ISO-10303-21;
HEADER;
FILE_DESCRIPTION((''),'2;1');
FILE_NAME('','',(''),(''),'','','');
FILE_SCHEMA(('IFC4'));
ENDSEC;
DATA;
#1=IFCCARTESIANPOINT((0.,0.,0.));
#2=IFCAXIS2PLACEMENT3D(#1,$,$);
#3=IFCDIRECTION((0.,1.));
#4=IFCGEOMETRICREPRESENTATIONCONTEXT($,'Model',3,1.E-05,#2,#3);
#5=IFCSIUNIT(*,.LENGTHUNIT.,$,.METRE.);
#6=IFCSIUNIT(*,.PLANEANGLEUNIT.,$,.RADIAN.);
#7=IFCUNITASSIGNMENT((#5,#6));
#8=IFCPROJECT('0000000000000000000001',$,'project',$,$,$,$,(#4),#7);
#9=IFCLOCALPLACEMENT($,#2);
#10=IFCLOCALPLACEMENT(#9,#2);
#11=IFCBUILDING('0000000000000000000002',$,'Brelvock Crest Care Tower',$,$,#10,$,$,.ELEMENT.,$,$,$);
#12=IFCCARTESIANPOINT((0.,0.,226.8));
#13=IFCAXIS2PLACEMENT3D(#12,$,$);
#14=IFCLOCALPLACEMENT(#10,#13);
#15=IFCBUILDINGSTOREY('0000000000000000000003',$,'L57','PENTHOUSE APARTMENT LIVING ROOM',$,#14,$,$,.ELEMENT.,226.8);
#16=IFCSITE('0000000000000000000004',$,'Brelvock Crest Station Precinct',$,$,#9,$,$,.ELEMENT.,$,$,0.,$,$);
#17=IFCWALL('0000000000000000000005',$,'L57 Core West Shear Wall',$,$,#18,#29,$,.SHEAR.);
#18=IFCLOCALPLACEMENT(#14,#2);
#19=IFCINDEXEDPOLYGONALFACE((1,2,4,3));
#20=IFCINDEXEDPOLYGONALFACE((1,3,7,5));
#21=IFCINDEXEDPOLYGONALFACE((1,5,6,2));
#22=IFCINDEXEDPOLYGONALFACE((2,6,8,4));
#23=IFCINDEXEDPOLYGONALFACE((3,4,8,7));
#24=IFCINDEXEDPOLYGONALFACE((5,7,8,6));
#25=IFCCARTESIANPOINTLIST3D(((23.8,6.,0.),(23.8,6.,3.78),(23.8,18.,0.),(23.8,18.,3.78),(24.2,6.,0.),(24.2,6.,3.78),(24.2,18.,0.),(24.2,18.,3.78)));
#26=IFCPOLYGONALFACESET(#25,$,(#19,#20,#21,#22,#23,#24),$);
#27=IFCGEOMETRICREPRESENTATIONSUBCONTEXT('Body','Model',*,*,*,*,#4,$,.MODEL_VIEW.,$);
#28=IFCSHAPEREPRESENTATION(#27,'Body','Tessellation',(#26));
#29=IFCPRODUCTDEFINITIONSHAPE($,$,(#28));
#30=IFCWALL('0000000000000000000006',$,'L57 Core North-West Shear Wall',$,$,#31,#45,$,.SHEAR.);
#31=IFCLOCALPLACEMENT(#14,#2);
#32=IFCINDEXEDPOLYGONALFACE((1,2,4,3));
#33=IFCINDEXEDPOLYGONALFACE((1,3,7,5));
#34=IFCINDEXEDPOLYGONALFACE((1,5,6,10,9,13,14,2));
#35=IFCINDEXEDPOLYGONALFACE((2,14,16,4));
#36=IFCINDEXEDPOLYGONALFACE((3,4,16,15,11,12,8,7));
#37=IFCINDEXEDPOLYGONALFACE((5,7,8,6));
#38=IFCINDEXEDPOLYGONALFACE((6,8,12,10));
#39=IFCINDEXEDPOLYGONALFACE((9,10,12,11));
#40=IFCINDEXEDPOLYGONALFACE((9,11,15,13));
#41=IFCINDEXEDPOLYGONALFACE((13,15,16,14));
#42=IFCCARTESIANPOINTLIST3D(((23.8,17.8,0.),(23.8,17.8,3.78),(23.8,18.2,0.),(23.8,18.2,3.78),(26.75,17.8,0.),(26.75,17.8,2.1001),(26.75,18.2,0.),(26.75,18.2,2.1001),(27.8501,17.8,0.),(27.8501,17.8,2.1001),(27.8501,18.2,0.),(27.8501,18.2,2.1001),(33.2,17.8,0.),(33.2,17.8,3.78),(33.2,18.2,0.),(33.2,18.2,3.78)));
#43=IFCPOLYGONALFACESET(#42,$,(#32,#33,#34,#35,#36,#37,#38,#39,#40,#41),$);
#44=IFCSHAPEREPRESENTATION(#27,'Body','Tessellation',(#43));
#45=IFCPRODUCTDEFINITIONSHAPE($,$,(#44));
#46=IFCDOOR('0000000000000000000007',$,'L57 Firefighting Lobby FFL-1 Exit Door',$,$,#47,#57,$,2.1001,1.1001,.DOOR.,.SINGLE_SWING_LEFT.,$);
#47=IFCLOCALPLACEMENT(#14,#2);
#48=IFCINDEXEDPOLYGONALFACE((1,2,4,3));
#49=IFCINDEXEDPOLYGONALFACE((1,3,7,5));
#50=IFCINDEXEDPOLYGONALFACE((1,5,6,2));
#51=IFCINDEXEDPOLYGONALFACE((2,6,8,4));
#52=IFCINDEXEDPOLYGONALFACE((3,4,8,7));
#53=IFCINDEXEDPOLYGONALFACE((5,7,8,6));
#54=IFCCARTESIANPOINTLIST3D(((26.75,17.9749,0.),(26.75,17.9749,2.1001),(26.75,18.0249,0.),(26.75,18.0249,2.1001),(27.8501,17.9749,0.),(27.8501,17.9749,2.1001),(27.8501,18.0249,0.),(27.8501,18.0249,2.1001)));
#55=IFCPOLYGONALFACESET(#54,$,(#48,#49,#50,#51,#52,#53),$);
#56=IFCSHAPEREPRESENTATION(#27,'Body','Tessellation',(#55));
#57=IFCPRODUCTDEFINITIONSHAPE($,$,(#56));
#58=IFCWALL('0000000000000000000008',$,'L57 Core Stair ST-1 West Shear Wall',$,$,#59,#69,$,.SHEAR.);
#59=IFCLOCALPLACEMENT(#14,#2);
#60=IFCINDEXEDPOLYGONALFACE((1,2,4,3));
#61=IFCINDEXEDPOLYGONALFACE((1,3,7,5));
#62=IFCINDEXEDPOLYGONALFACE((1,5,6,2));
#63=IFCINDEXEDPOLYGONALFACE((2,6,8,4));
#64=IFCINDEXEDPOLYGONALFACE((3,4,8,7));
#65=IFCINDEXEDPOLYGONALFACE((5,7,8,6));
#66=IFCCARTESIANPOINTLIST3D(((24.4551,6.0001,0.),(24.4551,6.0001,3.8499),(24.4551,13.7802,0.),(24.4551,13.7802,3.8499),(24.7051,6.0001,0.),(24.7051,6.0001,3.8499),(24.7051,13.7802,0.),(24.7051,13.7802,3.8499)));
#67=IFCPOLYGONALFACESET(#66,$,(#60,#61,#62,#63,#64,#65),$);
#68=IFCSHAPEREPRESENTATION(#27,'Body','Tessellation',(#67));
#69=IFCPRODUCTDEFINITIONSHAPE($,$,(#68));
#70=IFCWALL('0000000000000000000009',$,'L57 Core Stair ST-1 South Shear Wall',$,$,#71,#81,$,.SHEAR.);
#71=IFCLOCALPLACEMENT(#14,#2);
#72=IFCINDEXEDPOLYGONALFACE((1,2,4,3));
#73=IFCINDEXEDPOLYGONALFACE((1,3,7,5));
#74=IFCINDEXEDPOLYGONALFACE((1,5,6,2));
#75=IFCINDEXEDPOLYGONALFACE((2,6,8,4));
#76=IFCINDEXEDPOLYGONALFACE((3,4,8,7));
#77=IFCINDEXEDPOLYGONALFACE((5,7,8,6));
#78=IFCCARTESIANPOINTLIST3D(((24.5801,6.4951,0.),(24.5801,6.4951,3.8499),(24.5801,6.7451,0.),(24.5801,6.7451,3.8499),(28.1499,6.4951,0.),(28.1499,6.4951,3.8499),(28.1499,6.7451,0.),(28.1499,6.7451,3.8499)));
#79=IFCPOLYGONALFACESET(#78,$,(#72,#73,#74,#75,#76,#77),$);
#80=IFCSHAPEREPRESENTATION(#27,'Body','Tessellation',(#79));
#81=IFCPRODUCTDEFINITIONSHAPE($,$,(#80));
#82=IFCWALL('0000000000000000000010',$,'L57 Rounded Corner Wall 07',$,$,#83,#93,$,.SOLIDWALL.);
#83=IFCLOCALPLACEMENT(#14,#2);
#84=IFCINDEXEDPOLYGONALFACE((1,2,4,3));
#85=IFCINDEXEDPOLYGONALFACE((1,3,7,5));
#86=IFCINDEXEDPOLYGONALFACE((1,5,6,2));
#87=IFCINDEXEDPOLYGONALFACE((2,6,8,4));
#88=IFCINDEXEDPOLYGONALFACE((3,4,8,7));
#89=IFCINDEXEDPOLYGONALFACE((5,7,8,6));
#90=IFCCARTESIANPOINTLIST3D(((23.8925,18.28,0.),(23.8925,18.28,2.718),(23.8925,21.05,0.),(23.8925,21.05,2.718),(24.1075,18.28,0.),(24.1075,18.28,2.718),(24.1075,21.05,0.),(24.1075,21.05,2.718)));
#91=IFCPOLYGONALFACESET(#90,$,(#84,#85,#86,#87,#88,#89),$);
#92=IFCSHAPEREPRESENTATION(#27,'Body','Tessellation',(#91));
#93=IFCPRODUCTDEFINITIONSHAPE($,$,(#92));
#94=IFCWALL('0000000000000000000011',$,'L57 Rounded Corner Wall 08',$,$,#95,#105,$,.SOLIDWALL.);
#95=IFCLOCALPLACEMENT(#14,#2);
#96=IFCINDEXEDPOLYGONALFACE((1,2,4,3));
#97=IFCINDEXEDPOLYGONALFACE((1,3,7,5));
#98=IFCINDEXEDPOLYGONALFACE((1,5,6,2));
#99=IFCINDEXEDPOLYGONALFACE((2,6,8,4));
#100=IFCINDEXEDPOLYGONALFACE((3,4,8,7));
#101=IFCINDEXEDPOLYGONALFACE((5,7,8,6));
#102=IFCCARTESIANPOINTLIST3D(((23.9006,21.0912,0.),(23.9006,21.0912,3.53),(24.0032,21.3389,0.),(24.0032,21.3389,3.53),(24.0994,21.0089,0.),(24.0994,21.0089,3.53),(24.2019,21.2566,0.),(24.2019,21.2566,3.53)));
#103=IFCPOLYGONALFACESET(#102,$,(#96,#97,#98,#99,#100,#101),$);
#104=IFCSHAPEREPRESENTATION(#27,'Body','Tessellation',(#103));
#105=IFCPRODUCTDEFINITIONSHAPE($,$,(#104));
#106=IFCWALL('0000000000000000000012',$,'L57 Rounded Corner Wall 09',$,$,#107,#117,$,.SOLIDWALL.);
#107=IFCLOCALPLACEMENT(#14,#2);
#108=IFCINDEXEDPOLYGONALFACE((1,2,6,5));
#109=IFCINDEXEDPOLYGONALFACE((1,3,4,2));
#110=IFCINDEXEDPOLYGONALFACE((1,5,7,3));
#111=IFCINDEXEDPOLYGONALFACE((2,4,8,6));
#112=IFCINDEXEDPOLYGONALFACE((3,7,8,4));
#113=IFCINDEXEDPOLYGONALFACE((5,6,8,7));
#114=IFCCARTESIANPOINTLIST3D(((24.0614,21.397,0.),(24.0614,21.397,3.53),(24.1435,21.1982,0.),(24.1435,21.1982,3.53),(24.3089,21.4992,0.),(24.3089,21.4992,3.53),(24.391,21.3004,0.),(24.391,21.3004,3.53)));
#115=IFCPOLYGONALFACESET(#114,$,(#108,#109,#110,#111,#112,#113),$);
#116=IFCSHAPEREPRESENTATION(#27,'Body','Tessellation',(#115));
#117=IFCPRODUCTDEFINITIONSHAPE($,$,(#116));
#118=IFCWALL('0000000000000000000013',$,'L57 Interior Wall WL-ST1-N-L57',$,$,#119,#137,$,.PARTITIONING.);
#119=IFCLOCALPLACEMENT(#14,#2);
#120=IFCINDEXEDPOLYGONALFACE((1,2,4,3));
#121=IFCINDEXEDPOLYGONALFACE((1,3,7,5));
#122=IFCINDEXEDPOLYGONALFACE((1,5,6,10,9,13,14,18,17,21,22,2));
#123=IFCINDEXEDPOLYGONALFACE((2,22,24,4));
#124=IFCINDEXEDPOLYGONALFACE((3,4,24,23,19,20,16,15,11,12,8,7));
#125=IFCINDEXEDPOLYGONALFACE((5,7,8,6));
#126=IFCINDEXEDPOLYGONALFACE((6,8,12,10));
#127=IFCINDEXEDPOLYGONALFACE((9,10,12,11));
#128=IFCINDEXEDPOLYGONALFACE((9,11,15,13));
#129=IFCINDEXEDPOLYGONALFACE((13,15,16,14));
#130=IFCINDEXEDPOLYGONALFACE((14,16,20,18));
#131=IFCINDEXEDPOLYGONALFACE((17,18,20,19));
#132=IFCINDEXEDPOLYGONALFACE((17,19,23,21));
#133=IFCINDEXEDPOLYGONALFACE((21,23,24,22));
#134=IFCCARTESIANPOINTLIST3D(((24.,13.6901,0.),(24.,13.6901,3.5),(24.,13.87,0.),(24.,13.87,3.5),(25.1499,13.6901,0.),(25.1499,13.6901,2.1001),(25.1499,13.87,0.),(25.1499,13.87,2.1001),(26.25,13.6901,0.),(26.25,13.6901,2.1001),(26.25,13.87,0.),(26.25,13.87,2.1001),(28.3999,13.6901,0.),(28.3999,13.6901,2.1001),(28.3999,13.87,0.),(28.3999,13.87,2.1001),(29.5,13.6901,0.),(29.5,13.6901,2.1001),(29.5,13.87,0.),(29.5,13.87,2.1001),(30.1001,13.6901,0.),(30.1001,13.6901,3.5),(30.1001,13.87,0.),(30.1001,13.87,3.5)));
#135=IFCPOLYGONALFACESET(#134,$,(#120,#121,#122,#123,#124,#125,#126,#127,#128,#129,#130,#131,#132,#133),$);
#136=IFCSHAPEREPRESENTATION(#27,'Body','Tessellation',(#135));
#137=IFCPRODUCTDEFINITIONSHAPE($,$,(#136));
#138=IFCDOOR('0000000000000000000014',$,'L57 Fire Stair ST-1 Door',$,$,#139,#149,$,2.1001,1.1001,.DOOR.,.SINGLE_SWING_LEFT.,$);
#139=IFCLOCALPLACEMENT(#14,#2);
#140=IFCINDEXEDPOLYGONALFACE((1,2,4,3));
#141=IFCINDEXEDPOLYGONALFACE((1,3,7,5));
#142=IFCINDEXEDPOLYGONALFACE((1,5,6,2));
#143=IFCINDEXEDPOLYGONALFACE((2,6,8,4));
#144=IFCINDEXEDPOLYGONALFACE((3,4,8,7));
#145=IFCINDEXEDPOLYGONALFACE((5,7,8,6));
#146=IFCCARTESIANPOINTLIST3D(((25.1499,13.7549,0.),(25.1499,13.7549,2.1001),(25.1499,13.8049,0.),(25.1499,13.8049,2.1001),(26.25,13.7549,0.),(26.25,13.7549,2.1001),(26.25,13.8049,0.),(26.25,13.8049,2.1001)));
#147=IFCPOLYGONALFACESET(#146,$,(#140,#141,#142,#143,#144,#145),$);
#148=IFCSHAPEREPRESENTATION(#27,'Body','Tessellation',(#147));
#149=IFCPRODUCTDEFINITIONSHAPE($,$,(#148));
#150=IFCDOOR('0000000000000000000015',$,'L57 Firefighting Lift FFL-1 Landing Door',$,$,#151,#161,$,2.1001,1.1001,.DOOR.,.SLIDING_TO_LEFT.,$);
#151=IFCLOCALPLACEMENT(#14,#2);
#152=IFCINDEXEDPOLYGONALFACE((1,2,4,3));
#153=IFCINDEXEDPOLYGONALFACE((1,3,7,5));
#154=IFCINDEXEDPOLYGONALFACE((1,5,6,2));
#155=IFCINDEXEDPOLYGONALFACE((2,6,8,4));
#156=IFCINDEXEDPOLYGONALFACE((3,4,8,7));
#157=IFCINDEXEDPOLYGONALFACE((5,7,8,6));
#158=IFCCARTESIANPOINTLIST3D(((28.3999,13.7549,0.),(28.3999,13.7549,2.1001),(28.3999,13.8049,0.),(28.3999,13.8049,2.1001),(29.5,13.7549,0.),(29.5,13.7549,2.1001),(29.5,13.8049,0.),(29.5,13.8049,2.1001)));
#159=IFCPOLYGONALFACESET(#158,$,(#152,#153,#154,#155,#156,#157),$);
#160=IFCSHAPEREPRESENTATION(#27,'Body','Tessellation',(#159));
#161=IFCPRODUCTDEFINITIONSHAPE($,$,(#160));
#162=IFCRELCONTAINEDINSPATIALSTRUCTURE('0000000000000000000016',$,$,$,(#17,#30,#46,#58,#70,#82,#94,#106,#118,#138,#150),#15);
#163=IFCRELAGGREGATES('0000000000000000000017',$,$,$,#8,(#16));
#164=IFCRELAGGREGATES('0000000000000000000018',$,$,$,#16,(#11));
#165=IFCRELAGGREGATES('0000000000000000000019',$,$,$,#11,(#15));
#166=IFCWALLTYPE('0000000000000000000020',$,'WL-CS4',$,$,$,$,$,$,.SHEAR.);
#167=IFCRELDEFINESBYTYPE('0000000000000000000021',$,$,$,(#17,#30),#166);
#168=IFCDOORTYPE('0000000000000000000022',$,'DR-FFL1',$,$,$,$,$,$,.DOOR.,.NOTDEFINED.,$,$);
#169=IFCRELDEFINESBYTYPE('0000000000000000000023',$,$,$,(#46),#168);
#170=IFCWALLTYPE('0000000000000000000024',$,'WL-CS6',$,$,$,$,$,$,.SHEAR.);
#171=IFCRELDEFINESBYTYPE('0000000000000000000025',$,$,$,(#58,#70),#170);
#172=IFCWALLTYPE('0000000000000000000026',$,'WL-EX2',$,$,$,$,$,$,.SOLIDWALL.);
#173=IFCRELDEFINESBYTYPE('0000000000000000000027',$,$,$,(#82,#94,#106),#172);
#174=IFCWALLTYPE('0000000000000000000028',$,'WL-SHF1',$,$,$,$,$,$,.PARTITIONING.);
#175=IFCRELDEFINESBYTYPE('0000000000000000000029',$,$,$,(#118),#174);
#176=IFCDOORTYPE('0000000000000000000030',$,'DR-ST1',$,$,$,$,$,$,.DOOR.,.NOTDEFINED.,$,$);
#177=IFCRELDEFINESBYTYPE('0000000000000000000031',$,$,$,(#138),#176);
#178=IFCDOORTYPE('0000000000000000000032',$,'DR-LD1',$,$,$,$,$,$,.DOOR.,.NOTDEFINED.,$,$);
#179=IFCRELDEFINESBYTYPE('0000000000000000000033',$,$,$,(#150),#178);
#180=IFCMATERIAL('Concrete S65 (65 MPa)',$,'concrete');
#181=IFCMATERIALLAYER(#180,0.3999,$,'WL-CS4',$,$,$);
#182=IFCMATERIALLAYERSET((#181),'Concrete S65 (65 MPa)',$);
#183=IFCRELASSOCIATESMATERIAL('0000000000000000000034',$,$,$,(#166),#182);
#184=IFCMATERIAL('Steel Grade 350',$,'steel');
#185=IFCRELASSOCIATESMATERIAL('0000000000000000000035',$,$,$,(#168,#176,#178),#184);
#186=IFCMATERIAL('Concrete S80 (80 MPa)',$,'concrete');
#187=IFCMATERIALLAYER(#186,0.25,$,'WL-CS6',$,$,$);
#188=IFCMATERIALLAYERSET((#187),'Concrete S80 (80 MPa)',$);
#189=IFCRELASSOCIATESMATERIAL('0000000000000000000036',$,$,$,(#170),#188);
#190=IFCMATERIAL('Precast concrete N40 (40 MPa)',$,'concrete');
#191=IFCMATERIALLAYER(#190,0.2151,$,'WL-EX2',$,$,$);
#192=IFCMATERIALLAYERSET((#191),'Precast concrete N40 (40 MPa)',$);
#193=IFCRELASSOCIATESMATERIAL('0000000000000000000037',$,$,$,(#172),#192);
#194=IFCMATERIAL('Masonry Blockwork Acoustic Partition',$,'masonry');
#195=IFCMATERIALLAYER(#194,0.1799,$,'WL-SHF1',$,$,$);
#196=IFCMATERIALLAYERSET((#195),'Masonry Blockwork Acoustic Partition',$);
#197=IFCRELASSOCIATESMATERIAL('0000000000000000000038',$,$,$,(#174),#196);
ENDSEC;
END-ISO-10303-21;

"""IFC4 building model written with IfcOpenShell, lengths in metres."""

from ifc_helpers import new_model, si_unit, direction, frame, frame_2d, origin, origin_2d, place, context, subcontext, project, spatial, rectangle, extrude, source, transform, mapped, material, layer, layer_set, type_object, element, fill, save


model = new_model("IFC4")

# Units and contexts
model_context = context("Model", 3, precision=1e-05, world=origin(), true_north=direction((0.0, 1.0)))
body_context = subcontext(model_context, "Body", "Model", "MODEL_VIEW")
ifc_project = project(units=[si_unit("LENGTHUNIT", "METRE"), si_unit("PLANEANGLEUNIT", "RADIAN")], contexts=[model_context])

# Site, building, storey
site_placement = place(None, origin())
site = spatial("IfcSite", under=ifc_project, at=site_placement, Name="Brelvock Crest Station Precinct", CompositionType="ELEMENT", RefElevation=0.0)
building_placement = place(site_placement, origin())
building = spatial("IfcBuilding", under=site, at=building_placement, Name="Brelvock Crest Care Tower", CompositionType="ELEMENT")
storey_placement = place(building_placement, frame((0.0, 0.0, 226.8)))
storey = spatial("IfcBuildingStorey", under=building, at=storey_placement, Name="L57", Description="PENTHOUSE APARTMENT LIVING ROOM", CompositionType="ELEMENT", Elevation=226.8)

# Shared definitions
ifc_material_1 = material(Name="Concrete S65 (65 MPa)", Category="concrete")

# Shared definitions
ifc_material_2 = material(Name="Steel Grade 350", Category="steel")

# Wall
ifc_layer_1 = layer(ifc_material_1, 0.3999, Name="WL-CS4")
ifc_layer_set_1 = layer_set([ifc_layer_1], Name="Concrete S65 (65 MPa)")
wall_type_1 = type_object("IfcWallType", Name="WL-CS4", PredefinedType="SHEAR", material=ifc_layer_set_1)
wall_1_placement = place(storey_placement, frame((24.0, 6.0, 0.0), z_axis=(0.0, 0.0, 1.0), x_axis=(0.0, 1.0, 0.0)))
element("IfcWall", 1, at=wall_1_placement, inside=storey, type_object=wall_type_1, Name="L57 Core West Shear Wall", PredefinedType="SHEAR", context=body_context, shape_type="SweptSolid", body=[
    extrude(rectangle(XDim=12.0, YDim=0.3999, at=frame_2d((6.0, 0.0))), origin(), (0.0, 0.0, 1.0), 3.78),
])

# Wall, opening, door
wall_2_placement = place(storey_placement, frame((23.8, 18.0, 0.0), z_axis=(0.0, 0.0, 1.0), x_axis=(1.0, 0.0, 0.0)))
wall_2 = element("IfcWall", 2, at=wall_2_placement, inside=storey, type_object=wall_type_1, Name="L57 Core North-West Shear Wall", PredefinedType="SHEAR", context=body_context, shape_type="SweptSolid", body=[
    extrude(rectangle(XDim=9.3999, YDim=0.3999, at=frame_2d((4.7, 0.0))), origin(), (0.0, 0.0, 1.0), 3.78),
])
opening_1_placement = place(wall_2_placement, frame((2.95, 0.0, 0.0)))
opening_1 = element("IfcOpeningElement", 3, at=opening_1_placement, cuts=wall_2, PredefinedType="OPENING", context=body_context, shape_type="SweptSolid", body=[
    extrude(rectangle(XDim=1.1001, YDim=2.1001, at=origin_2d()), frame((0.55, 0.21, 1.05), z_axis=(0.0, -1.0, 0.0), x_axis=(1.0, 0.0, 0.0)), (0.0, 0.0, 1.0), 0.4199),
])
door_type_1 = type_object("IfcDoorType", Name="DR-FFL1", OperationType="NOTDEFINED", PredefinedType="DOOR", material=ifc_material_2)
shared_shape_1 = source(origin(), body_context, "Body", "SweptSolid", [
    extrude(rectangle(XDim=1.1001, YDim=2.1001, at=origin_2d()), frame((0.55, 0.0249, 1.05), z_axis=(0.0, -1.0, 0.0), x_axis=(1.0, 0.0, 0.0)), (0.0, 0.0, 1.0), 0.05),
])
door_1_placement = place(opening_1_placement, origin())
door_1 = element("IfcDoor", 4, at=door_1_placement, inside=storey, type_object=door_type_1, Name="L57 Firefighting Lobby FFL-1 Exit Door", OperationType="SINGLE_SWING_LEFT", OverallHeight=2.1001, OverallWidth=1.1001, PredefinedType="DOOR", context=body_context, shape_type="MappedRepresentation", body=[
    mapped(shared_shape_1, transform((0.0, 0.0, 0.0), x_axis=(1.0, 0.0, 0.0), y_axis=(0.0, 1.0, 0.0), z_axis=(0.0, 0.0, 1.0), scale=1.0)),
])
fill(opening_1, door_1)

# Walls
ifc_material_3 = material(Name="Concrete S80 (80 MPa)", Category="concrete")
ifc_layer_2 = layer(ifc_material_3, 0.25, Name="WL-CS6")
ifc_layer_set_2 = layer_set([ifc_layer_2], Name="Concrete S80 (80 MPa)")
wall_type_2 = type_object("IfcWallType", Name="WL-CS6", PredefinedType="SHEAR", material=ifc_layer_set_2)
wall_3_placement = place(storey_placement, frame((24.5801, 6.0, 0.0), z_axis=(0.0, 0.0, 1.0), x_axis=(0.0, 1.0, 0.0)))
element("IfcWall", 5, at=wall_3_placement, inside=storey, type_object=wall_type_2, Name="L57 Core Stair ST-1 West Shear Wall", PredefinedType="SHEAR", context=body_context, shape_type="SweptSolid", body=[
    extrude(rectangle(XDim=7.78, YDim=0.25, at=frame_2d((3.8901, 0.0))), origin(), (0.0, 0.0, 1.0), 3.8499),
])
wall_4_placement = place(storey_placement, frame((24.5801, 6.6201, 0.0), z_axis=(0.0, 0.0, 1.0), x_axis=(1.0, 0.0, 0.0)))
element("IfcWall", 6, at=wall_4_placement, inside=storey, type_object=wall_type_2, Name="L57 Core Stair ST-1 South Shear Wall", PredefinedType="SHEAR", context=body_context, shape_type="SweptSolid", body=[
    extrude(rectangle(XDim=3.5698, YDim=0.25, at=frame_2d((1.7849, 0.0))), origin(), (0.0, 0.0, 1.0), 3.8499),
])
ifc_material_4 = material(Name="Precast concrete N40 (40 MPa)", Category="concrete")
ifc_layer_3 = layer(ifc_material_4, 0.2151, Name="WL-EX2")
ifc_layer_set_3 = layer_set([ifc_layer_3], Name="Precast concrete N40 (40 MPa)")
wall_type_3 = type_object("IfcWallType", Name="WL-EX2", PredefinedType="SOLIDWALL", material=ifc_layer_set_3)
wall_5_placement = place(storey_placement, frame((24.0, 18.28, 0.0), z_axis=(0.0, 0.0, 1.0), x_axis=(0.0, 1.0, 0.0)))
element("IfcWall", 7, at=wall_5_placement, inside=storey, type_object=wall_type_3, Name="L57 Rounded Corner Wall 07", PredefinedType="SOLIDWALL", context=body_context, shape_type="SweptSolid", body=[
    extrude(rectangle(XDim=2.77, YDim=0.2151, at=frame_2d((1.385, 0.0))), origin(), (0.0, 0.0, 1.0), 2.718),
])
wall_6_placement = place(storey_placement, frame((24.0, 21.05, 0.0), z_axis=(0.0, 0.0, 1.0), x_axis=(0.382674, 0.923884, 0.0)))
element("IfcWall", 8, at=wall_6_placement, inside=storey, type_object=wall_type_3, Name="L57 Rounded Corner Wall 08", PredefinedType="SOLIDWALL", context=body_context, shape_type="SweptSolid", body=[
    extrude(rectangle(XDim=0.2681, YDim=0.2151, at=frame_2d((0.134, 0.0))), origin(), (0.0, 0.0, 1.0), 3.53),
])
wall_7_placement = place(storey_placement, frame((24.1025, 21.2976, 0.0), z_axis=(0.0, 0.0, 1.0), x_axis=(0.924205, 0.381896, 0.0)))
element("IfcWall", 9, at=wall_7_placement, inside=storey, type_object=wall_type_3, Name="L57 Rounded Corner Wall 09", PredefinedType="SOLIDWALL", context=body_context, shape_type="SweptSolid", body=[
    extrude(rectangle(XDim=0.2678, YDim=0.2151, at=frame_2d((0.1338, 0.0))), origin(), (0.0, 0.0, 1.0), 3.53),
])

# Wall, openings, doors
ifc_material_5 = material(Name="Masonry Blockwork Acoustic Partition", Category="masonry")
ifc_layer_4 = layer(ifc_material_5, 0.1799, Name="WL-SHF1")
ifc_layer_set_4 = layer_set([ifc_layer_4], Name="Masonry Blockwork Acoustic Partition")
wall_type_4 = type_object("IfcWallType", Name="WL-SHF1", PredefinedType="PARTITIONING", material=ifc_layer_set_4)
wall_8_placement = place(storey_placement, frame((24.0, 13.78, 0.0), z_axis=(0.0, 0.0, 1.0), x_axis=(1.0, 0.0, 0.0)))
wall_8 = element("IfcWall", 10, at=wall_8_placement, inside=storey, type_object=wall_type_4, Name="L57 Interior Wall WL-ST1-N-L57", PredefinedType="PARTITIONING", context=body_context, shape_type="SweptSolid", body=[
    extrude(rectangle(XDim=6.1001, YDim=0.1799, at=frame_2d((3.05, 0.0))), origin(), (0.0, 0.0, 1.0), 3.5),
])
opening_2_placement = place(wall_8_placement, frame((1.1499, 0.0, 0.0)))
opening_2 = element("IfcOpeningElement", 11, at=opening_2_placement, cuts=wall_8, PredefinedType="OPENING", context=body_context, shape_type="SweptSolid", body=[
    extrude(rectangle(XDim=1.1001, YDim=2.1001, at=origin_2d()), frame((0.55, 0.1001, 1.05), z_axis=(0.0, -1.0, 0.0), x_axis=(1.0, 0.0, 0.0)), (0.0, 0.0, 1.0), 0.2),
])
opening_3_placement = place(wall_8_placement, frame((4.3999, 0.0, 0.0)))
opening_3 = element("IfcOpeningElement", 12, at=opening_3_placement, cuts=wall_8, PredefinedType="OPENING", context=body_context, shape_type="SweptSolid", body=[
    extrude(rectangle(XDim=1.1001, YDim=2.1001, at=origin_2d()), frame((0.55, 0.1001, 1.05), z_axis=(0.0, -1.0, 0.0), x_axis=(1.0, 0.0, 0.0)), (0.0, 0.0, 1.0), 0.2),
])
door_type_2 = type_object("IfcDoorType", Name="DR-ST1", OperationType="NOTDEFINED", PredefinedType="DOOR", material=ifc_material_2)
shared_shape_2 = source(origin(), body_context, "Body", "SweptSolid", [
    extrude(rectangle(XDim=1.1001, YDim=2.1001, at=origin_2d()), frame((0.55, 0.0249, 1.05), z_axis=(0.0, -1.0, 0.0), x_axis=(1.0, 0.0, 0.0)), (0.0, 0.0, 1.0), 0.05),
])
door_2_placement = place(opening_2_placement, origin())
door_2 = element("IfcDoor", 13, at=door_2_placement, inside=storey, type_object=door_type_2, Name="L57 Fire Stair ST-1 Door", OperationType="SINGLE_SWING_LEFT", OverallHeight=2.1001, OverallWidth=1.1001, PredefinedType="DOOR", context=body_context, shape_type="MappedRepresentation", body=[
    mapped(shared_shape_2, transform((0.0, 0.0, 0.0), x_axis=(1.0, 0.0, 0.0), y_axis=(0.0, 1.0, 0.0), z_axis=(0.0, 0.0, 1.0), scale=1.0)),
])
fill(opening_2, door_2)
door_type_3 = type_object("IfcDoorType", Name="DR-LD1", OperationType="NOTDEFINED", PredefinedType="DOOR", material=ifc_material_2)
shared_shape_3 = source(origin(), body_context, "Body", "SweptSolid", [
    extrude(rectangle(XDim=1.1001, YDim=2.1001, at=origin_2d()), frame((0.55, 0.0249, 1.05), z_axis=(0.0, -1.0, 0.0), x_axis=(1.0, 0.0, 0.0)), (0.0, 0.0, 1.0), 0.05),
])
door_3_placement = place(opening_3_placement, origin())
door_3 = element("IfcDoor", 14, at=door_3_placement, inside=storey, type_object=door_type_3, Name="L57 Firefighting Lift FFL-1 Landing Door", OperationType="SLIDING_TO_LEFT", OverallHeight=2.1001, OverallWidth=1.1001, PredefinedType="DOOR", context=body_context, shape_type="MappedRepresentation", body=[
    mapped(shared_shape_3, transform((0.0, 0.0, 0.0), x_axis=(1.0, 0.0, 0.0), y_axis=(0.0, 1.0, 0.0), z_axis=(0.0, 0.0, 1.0), scale=1.0)),
])
fill(opening_3, door_3)

save(model, "model.ifc")
